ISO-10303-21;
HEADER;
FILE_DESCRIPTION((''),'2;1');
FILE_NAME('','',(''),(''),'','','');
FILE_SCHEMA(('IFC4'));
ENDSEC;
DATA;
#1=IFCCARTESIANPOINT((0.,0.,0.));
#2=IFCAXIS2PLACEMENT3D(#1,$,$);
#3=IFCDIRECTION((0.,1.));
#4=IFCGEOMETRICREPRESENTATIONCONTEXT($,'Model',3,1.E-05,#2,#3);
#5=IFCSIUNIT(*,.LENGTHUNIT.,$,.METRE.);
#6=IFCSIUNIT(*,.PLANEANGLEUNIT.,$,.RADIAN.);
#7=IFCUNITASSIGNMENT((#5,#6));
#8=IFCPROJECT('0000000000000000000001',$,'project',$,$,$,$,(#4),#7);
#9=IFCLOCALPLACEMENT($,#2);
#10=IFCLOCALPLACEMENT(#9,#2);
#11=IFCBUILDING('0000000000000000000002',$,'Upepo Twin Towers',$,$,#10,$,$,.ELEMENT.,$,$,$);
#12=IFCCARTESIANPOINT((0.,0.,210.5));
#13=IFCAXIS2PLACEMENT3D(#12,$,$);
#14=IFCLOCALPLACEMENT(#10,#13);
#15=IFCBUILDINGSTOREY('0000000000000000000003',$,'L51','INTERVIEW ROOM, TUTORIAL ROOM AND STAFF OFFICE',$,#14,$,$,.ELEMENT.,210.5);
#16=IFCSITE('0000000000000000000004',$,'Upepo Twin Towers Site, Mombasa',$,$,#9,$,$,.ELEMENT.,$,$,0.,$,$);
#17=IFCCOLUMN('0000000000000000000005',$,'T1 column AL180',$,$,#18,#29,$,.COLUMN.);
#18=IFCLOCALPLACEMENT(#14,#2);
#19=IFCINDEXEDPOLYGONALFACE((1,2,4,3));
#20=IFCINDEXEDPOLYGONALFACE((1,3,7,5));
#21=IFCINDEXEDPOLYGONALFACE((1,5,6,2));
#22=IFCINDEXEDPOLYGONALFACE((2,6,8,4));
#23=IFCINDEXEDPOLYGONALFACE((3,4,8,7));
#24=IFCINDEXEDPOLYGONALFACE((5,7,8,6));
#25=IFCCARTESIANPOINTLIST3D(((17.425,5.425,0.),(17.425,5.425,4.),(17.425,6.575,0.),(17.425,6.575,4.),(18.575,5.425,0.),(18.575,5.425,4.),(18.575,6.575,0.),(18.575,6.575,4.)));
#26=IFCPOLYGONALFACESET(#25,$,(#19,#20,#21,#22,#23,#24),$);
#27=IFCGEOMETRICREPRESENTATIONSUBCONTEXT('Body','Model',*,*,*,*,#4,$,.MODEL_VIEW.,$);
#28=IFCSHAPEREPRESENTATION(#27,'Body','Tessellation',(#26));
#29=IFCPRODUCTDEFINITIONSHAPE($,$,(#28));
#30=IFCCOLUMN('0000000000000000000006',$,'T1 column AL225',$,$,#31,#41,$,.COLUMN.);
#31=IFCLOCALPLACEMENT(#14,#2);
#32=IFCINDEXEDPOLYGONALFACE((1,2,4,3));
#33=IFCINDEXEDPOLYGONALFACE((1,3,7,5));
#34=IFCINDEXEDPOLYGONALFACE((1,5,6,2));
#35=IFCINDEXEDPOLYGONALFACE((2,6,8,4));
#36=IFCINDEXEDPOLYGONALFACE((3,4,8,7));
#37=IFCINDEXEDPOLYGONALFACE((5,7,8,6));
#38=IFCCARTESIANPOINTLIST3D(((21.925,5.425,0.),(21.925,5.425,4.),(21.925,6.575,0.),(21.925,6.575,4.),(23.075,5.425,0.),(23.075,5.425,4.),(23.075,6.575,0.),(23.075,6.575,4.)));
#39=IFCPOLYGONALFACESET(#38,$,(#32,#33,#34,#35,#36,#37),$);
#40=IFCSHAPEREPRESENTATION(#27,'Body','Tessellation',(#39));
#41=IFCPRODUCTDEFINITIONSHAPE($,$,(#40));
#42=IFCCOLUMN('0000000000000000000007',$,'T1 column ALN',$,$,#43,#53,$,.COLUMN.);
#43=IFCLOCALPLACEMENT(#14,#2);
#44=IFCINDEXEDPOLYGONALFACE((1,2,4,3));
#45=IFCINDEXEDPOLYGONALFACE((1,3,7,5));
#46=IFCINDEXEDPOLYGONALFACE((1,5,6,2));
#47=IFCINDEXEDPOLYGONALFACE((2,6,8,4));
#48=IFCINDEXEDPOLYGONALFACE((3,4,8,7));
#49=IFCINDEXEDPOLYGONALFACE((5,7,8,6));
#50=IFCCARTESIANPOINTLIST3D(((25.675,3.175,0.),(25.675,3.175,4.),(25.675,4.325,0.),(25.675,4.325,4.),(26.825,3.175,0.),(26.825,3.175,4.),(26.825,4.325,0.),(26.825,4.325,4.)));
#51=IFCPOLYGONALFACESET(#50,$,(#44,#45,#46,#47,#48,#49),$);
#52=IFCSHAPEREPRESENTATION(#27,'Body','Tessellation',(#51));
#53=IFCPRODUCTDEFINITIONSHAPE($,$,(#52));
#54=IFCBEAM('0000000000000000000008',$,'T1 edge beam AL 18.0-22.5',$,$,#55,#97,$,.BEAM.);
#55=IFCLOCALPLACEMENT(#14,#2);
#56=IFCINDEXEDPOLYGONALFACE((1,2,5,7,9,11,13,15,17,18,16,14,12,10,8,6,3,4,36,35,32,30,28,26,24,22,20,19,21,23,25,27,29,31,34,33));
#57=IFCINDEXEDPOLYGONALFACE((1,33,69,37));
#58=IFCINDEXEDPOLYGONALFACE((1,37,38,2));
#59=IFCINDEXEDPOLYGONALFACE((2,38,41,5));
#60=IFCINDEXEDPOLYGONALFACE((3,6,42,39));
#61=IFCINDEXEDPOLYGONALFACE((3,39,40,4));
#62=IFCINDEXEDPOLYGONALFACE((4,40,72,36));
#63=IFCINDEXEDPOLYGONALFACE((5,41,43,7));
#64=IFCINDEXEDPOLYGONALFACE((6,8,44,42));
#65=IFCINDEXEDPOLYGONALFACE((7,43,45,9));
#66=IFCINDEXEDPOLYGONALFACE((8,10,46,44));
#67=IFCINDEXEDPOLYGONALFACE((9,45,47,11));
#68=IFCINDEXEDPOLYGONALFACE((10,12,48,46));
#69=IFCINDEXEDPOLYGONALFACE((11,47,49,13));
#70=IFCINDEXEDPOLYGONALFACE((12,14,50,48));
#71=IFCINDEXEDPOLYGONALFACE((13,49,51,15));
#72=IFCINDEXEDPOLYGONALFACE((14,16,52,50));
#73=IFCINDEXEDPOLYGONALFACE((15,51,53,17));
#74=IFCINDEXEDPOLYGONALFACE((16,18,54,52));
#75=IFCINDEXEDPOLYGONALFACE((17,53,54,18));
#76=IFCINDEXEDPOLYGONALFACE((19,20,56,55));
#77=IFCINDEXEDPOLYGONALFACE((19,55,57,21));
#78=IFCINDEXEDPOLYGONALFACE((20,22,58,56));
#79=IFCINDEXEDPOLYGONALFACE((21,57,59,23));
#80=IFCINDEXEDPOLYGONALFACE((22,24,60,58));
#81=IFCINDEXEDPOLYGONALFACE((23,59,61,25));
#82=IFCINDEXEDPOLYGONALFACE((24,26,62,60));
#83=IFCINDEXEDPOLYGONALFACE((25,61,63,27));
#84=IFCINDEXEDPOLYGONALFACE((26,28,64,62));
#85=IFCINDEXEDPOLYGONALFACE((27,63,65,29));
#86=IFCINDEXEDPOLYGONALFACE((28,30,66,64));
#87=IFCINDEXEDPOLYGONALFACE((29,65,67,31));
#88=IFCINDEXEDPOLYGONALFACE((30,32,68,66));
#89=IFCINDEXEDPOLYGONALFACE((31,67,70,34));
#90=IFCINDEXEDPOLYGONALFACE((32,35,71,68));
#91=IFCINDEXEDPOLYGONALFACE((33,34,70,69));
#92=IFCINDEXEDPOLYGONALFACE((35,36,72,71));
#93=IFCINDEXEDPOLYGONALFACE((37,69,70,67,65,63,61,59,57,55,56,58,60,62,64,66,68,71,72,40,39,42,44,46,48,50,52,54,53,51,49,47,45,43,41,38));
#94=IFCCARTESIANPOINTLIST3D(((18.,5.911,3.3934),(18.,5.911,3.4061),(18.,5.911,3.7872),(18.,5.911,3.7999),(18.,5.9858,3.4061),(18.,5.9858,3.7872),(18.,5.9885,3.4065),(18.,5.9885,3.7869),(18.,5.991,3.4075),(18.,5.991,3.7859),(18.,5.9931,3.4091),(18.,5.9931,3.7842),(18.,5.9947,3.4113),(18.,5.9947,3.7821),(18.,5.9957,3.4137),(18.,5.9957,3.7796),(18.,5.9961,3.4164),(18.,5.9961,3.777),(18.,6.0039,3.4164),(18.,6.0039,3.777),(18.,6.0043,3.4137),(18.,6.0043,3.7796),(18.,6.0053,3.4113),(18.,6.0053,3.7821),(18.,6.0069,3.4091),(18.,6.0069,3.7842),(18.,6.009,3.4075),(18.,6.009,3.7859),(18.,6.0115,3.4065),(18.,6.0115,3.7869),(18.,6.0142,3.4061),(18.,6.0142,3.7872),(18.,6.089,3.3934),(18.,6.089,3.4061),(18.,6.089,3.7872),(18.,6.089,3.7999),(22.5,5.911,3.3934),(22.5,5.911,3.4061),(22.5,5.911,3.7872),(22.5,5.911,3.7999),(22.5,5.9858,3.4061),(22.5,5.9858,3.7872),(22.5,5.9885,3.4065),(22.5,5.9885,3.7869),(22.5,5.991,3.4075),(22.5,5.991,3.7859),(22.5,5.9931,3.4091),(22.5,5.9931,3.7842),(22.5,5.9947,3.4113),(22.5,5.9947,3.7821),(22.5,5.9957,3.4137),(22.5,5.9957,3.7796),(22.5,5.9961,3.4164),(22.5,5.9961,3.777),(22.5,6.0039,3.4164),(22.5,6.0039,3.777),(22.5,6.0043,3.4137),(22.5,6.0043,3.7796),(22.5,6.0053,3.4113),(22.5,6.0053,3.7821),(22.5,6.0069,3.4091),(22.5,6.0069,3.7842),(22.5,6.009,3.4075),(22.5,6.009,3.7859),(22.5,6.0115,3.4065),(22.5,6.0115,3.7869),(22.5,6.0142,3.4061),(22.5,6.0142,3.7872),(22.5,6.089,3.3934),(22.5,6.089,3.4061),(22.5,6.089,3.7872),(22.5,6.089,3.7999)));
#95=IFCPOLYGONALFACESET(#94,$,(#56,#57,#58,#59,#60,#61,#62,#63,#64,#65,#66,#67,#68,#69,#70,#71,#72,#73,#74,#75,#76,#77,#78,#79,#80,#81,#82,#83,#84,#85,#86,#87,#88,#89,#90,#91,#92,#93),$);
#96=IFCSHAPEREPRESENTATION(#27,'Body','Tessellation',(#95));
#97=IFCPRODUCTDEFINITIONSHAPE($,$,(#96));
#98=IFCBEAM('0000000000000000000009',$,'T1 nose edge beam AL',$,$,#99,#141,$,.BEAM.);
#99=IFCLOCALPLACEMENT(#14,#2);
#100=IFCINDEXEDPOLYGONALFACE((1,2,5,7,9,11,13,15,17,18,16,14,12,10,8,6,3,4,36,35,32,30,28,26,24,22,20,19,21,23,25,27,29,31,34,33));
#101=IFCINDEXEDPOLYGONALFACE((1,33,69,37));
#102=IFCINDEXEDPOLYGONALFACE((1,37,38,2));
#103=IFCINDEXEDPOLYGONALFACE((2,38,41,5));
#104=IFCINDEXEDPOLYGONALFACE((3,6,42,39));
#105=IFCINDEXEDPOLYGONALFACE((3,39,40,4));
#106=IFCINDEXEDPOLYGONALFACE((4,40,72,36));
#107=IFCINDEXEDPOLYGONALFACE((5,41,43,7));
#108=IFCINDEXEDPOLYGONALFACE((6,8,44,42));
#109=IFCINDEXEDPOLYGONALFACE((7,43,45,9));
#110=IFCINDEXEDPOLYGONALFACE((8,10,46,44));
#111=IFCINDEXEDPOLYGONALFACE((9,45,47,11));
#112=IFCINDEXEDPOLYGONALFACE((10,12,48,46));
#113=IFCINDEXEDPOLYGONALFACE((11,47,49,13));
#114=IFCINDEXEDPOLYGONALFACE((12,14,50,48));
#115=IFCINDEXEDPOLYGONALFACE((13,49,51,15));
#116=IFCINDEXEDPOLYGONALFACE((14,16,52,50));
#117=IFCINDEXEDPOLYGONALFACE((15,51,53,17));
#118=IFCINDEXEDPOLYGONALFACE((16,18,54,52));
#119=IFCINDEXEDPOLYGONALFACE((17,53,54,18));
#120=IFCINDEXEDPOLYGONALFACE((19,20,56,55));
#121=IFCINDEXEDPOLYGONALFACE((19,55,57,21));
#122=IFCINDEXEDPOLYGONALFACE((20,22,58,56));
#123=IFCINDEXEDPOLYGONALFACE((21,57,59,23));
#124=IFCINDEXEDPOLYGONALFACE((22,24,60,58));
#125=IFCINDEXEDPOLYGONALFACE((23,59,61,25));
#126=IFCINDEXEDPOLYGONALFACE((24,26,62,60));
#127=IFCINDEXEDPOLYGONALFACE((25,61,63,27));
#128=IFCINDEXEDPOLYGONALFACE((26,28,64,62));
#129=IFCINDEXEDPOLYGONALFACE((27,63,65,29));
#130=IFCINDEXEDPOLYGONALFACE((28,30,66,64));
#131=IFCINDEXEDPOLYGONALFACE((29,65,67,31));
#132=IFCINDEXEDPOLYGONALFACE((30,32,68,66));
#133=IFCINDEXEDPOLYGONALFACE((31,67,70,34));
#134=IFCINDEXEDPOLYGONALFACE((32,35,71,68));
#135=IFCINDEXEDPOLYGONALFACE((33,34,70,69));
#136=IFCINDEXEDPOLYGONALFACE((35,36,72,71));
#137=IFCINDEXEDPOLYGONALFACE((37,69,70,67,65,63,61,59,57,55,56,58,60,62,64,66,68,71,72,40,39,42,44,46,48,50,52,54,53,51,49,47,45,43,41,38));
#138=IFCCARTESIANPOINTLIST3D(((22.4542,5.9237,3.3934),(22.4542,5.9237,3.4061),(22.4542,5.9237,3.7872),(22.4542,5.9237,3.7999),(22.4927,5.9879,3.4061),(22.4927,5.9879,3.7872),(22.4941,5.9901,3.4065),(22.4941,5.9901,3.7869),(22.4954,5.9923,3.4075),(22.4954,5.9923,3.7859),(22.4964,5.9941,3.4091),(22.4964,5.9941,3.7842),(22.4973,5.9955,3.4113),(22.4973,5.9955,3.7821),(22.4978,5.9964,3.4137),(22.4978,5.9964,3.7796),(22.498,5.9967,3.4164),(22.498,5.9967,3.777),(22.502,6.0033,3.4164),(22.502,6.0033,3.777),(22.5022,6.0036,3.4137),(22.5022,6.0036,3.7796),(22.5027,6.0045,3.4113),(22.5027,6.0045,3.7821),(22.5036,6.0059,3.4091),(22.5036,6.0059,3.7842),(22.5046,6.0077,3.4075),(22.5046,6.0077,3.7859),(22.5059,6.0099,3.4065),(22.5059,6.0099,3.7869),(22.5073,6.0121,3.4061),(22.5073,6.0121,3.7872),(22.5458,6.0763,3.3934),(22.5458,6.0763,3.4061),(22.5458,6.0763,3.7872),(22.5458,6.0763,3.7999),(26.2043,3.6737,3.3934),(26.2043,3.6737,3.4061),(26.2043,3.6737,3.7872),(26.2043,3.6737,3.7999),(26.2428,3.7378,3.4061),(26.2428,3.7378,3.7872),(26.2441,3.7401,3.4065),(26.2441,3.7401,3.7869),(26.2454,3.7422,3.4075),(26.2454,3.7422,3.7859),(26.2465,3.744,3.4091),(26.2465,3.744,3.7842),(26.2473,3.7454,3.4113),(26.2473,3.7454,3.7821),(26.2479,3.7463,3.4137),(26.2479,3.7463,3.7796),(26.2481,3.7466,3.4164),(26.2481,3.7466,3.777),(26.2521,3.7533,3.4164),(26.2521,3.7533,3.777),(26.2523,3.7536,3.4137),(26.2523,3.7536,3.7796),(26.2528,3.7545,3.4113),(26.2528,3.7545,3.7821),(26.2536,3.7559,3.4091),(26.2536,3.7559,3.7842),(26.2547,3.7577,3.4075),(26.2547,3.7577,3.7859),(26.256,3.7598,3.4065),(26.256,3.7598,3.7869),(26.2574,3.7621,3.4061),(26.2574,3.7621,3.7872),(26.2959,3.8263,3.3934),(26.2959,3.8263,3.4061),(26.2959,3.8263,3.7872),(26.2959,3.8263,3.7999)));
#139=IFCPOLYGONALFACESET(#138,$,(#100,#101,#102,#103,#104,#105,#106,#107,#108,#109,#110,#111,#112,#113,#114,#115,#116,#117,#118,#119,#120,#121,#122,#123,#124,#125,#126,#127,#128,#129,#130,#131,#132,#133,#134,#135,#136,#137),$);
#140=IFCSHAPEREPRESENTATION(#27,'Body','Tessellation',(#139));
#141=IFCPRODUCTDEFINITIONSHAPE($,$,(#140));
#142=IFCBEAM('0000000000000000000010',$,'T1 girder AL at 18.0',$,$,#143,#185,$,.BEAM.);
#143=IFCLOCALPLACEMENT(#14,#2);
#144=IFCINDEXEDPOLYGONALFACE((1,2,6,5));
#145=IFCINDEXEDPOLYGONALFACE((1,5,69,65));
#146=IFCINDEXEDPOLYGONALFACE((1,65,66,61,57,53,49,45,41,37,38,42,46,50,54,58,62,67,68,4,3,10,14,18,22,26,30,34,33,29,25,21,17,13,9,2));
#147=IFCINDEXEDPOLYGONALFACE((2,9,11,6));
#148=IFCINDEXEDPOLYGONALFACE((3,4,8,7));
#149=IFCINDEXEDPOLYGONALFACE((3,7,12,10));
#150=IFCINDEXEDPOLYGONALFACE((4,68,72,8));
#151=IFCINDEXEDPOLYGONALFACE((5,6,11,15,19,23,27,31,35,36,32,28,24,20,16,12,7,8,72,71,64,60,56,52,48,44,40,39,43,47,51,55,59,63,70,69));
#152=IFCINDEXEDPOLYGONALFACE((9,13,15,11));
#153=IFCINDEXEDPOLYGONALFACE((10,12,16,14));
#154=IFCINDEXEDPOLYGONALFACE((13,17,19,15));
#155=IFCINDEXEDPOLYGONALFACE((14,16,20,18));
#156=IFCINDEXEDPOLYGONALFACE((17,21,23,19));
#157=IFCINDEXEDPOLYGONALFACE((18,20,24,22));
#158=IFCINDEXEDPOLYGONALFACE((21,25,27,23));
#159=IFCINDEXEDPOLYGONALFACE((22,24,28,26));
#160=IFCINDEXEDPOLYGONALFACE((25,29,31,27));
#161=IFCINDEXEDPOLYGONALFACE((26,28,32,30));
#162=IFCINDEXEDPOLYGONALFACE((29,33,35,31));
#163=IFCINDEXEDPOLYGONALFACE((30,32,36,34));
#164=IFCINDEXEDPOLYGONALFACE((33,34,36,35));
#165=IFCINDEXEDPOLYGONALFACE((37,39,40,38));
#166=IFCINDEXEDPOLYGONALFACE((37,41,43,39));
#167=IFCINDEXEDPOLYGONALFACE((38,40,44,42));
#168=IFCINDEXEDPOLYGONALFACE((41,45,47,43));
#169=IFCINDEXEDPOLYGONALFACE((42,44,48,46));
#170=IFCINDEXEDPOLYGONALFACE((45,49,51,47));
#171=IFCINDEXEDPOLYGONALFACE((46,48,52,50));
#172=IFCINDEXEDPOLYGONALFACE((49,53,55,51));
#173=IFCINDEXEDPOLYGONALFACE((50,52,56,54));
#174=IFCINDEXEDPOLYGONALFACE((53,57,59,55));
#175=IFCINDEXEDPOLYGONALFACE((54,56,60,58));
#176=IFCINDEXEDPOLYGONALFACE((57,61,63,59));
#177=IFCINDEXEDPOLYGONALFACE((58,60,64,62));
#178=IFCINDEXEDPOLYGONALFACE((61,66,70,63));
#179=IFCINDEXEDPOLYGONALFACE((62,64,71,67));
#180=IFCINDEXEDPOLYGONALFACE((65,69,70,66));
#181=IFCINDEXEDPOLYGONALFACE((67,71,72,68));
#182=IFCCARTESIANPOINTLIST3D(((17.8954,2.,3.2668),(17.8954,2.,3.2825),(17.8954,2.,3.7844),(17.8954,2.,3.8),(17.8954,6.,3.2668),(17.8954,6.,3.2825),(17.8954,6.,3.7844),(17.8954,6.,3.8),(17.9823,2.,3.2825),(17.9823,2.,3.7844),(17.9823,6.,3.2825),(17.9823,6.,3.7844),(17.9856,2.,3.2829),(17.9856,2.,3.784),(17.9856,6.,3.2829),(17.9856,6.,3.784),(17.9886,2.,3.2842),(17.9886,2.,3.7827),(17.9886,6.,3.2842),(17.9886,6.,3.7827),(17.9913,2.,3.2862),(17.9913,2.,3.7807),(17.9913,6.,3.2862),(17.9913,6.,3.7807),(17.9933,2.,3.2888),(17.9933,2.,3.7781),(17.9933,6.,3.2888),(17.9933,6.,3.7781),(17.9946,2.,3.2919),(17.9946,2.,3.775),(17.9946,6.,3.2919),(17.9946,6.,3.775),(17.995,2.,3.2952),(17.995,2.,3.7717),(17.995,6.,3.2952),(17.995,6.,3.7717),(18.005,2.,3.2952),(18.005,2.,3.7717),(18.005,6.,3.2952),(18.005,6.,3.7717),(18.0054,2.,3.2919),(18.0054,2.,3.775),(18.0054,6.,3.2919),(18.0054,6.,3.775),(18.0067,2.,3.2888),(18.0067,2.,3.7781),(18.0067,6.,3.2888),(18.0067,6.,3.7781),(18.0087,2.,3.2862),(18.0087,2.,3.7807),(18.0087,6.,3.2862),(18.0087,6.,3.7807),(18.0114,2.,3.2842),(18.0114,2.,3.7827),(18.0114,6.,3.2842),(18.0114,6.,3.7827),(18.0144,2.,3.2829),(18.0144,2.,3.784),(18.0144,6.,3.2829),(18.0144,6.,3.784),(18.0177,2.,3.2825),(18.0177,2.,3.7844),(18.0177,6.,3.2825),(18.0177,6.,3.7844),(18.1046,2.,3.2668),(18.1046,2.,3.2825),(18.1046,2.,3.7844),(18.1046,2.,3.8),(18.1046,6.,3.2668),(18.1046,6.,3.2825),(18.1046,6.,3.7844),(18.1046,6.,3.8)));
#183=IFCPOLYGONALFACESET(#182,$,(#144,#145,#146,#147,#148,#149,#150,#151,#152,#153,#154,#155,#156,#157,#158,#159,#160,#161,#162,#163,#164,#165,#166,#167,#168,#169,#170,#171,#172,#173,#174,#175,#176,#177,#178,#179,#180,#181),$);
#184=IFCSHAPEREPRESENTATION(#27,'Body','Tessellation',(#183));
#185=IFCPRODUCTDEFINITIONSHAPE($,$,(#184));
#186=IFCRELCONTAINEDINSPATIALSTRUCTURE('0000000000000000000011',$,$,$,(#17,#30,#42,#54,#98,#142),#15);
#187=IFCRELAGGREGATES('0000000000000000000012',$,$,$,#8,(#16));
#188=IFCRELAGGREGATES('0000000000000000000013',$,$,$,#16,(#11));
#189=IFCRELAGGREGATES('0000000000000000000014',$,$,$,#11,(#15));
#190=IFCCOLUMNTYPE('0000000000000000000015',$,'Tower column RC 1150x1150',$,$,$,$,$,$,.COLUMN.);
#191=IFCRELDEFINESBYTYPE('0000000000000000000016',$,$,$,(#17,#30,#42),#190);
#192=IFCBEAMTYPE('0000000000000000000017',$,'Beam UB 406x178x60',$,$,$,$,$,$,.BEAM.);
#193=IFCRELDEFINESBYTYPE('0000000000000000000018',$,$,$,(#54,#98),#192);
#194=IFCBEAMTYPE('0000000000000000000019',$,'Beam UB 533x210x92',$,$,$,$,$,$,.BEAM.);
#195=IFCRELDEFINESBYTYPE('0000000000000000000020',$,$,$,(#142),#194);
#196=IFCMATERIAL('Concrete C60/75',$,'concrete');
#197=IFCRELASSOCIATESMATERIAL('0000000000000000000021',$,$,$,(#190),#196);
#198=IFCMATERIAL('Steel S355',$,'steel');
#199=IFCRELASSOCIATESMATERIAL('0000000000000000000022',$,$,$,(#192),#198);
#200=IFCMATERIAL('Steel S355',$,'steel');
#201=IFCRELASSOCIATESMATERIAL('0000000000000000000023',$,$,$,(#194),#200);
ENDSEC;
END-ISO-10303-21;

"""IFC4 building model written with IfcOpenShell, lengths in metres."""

from ifc_helpers import new_model, si_unit, direction, frame, origin, origin_2d, place, context, subcontext, project, spatial, rectangle, i_section, extrude, material, material_profile, profile_set, type_object, element, save


model = new_model("IFC4")

# Units and contexts
model_context = context("Model", 3, precision=1e-05, world=origin(), true_north=direction((0.0, 1.0)))
body_context = subcontext(model_context, "Body", "Model", "MODEL_VIEW")
ifc_project = project(units=[si_unit("LENGTHUNIT", "METRE"), si_unit("PLANEANGLEUNIT", "RADIAN")], contexts=[model_context])

# Site, building, storey
site_placement = place(None, origin())
site = spatial("IfcSite", under=ifc_project, at=site_placement, Name="Upepo Twin Towers Site, Mombasa", CompositionType="ELEMENT", RefElevation=0.0)
building_placement = place(site_placement, origin())
building = spatial("IfcBuilding", under=site, at=building_placement, Name="Upepo Twin Towers", CompositionType="ELEMENT")
storey_placement = place(building_placement, frame((0.0, 0.0, 210.5)))
storey = spatial("IfcBuildingStorey", under=building, at=storey_placement, Name="L51", Description="INTERVIEW ROOM, TUTORIAL ROOM AND STAFF OFFICE", CompositionType="ELEMENT", Elevation=210.5)

# Columns
ifc_material_1 = material(Name="Concrete C60/75", Category="concrete")
ifc_material_profile_1 = material_profile(ifc_material_1, rectangle(XDim=1.1499, YDim=1.1499, at=origin_2d()), Name="RC 1150x1150")
ifc_profile_set_1 = profile_set([ifc_material_profile_1], Name="Concrete C60/75")
column_type = type_object("IfcColumnType", Name="Tower column RC 1150x1150", PredefinedType="COLUMN", material=ifc_profile_set_1)
for number, where, z_axis, x_axis, name in (
    (1, (18.0, 6.0, 0.0), (0.0, 0.0, 1.0), (1.0, 0.0, 0.0), "T1 column AL180"),
    (2, (22.5, 6.0, 0.0), (0.0, 0.0, 1.0), (1.0, 0.0, 0.0), "T1 column AL225"),
    (3, (26.25, 3.75, 0.0), (0.0, 0.0, 1.0), (1.0, 0.0, 0.0), "T1 column ALN"),
):
    element("IfcColumn", number, at=place(storey_placement, frame(where, z_axis=z_axis, x_axis=x_axis)), inside=storey, type_object=column_type, Name=name, PredefinedType="COLUMN", context=body_context, shape_type="SweptSolid", body=[
        extrude(rectangle(XDim=1.1499, YDim=1.1499, at=origin_2d()), origin(), (0.0, 0.0, 1.0), 4.0),
    ])

# Beams
ifc_material_2 = material(Name="Steel S355", Category="steel")
ifc_material_profile_2 = material_profile(ifc_material_2, i_section(OverallWidth=0.178, OverallDepth=0.4065, WebThickness=0.0078, FlangeThickness=0.0127, FilletRadius=0.0103, at=origin_2d()), Name="UB 406x178x60")
ifc_profile_set_2 = profile_set([ifc_material_profile_2], Name="Steel S355")
beam_type_1 = type_object("IfcBeamType", Name="Beam UB 406x178x60", PredefinedType="BEAM", material=ifc_profile_set_2)
beam_1_placement = place(storey_placement, frame((18.0, 6.0, 3.5967), z_axis=(1.0, 0.0, 0.0), x_axis=(0.0, 1.0, 0.0)))
element("IfcBeam", 4, at=beam_1_placement, inside=storey, type_object=beam_type_1, Name="T1 edge beam AL 18.0-22.5", PredefinedType="BEAM", context=body_context, shape_type="SweptSolid", body=[
    extrude(i_section(OverallWidth=0.178, OverallDepth=0.4065, WebThickness=0.0078, FlangeThickness=0.0127, FilletRadius=0.0103, at=origin_2d()), origin(), (0.0, 0.0, 1.0), 4.5),
])
beam_2_placement = place(storey_placement, frame((22.5, 6.0, 3.5967), z_axis=(0.857493, -0.514496, 0.0), x_axis=(0.514496, 0.857493, 0.0)))
element("IfcBeam", 5, at=beam_2_placement, inside=storey, type_object=beam_type_1, Name="T1 nose edge beam AL", PredefinedType="BEAM", context=body_context, shape_type="SweptSolid", body=[
    extrude(i_section(OverallWidth=0.178, OverallDepth=0.4065, WebThickness=0.0078, FlangeThickness=0.0127, FilletRadius=0.0103, at=origin_2d()), origin(), (0.0, 0.0, 1.0), 4.3733),
])
ifc_material_3 = material(Name="Steel S355", Category="steel")
ifc_material_profile_3 = material_profile(ifc_material_3, i_section(OverallWidth=0.2092, OverallDepth=0.5332, WebThickness=0.01, FlangeThickness=0.0156, FilletRadius=0.0127, at=origin_2d()), Name="UB 533x210x92")
ifc_profile_set_3 = profile_set([ifc_material_profile_3], Name="Steel S355")
beam_type_2 = type_object("IfcBeamType", Name="Beam UB 533x210x92", PredefinedType="BEAM", material=ifc_profile_set_3)
for number, where, z_axis, x_axis, name in (
    (6, (18.0, 6.0, 3.5334), (0.0, -1.0, 0.0), (1.0, 0.0, 0.0), "T1 girder AL at 18.0"),
):
    element("IfcBeam", number, at=place(storey_placement, frame(where, z_axis=z_axis, x_axis=x_axis)), inside=storey, type_object=beam_type_2, Name=name, PredefinedType="BEAM", context=body_context, shape_type="SweptSolid", body=[
        extrude(i_section(OverallWidth=0.2092, OverallDepth=0.5332, WebThickness=0.01, FlangeThickness=0.0156, FilletRadius=0.0127, at=origin_2d()), origin(), (0.0, 0.0, 1.0), 4.0),
    ])

save(model, "model.ifc")
